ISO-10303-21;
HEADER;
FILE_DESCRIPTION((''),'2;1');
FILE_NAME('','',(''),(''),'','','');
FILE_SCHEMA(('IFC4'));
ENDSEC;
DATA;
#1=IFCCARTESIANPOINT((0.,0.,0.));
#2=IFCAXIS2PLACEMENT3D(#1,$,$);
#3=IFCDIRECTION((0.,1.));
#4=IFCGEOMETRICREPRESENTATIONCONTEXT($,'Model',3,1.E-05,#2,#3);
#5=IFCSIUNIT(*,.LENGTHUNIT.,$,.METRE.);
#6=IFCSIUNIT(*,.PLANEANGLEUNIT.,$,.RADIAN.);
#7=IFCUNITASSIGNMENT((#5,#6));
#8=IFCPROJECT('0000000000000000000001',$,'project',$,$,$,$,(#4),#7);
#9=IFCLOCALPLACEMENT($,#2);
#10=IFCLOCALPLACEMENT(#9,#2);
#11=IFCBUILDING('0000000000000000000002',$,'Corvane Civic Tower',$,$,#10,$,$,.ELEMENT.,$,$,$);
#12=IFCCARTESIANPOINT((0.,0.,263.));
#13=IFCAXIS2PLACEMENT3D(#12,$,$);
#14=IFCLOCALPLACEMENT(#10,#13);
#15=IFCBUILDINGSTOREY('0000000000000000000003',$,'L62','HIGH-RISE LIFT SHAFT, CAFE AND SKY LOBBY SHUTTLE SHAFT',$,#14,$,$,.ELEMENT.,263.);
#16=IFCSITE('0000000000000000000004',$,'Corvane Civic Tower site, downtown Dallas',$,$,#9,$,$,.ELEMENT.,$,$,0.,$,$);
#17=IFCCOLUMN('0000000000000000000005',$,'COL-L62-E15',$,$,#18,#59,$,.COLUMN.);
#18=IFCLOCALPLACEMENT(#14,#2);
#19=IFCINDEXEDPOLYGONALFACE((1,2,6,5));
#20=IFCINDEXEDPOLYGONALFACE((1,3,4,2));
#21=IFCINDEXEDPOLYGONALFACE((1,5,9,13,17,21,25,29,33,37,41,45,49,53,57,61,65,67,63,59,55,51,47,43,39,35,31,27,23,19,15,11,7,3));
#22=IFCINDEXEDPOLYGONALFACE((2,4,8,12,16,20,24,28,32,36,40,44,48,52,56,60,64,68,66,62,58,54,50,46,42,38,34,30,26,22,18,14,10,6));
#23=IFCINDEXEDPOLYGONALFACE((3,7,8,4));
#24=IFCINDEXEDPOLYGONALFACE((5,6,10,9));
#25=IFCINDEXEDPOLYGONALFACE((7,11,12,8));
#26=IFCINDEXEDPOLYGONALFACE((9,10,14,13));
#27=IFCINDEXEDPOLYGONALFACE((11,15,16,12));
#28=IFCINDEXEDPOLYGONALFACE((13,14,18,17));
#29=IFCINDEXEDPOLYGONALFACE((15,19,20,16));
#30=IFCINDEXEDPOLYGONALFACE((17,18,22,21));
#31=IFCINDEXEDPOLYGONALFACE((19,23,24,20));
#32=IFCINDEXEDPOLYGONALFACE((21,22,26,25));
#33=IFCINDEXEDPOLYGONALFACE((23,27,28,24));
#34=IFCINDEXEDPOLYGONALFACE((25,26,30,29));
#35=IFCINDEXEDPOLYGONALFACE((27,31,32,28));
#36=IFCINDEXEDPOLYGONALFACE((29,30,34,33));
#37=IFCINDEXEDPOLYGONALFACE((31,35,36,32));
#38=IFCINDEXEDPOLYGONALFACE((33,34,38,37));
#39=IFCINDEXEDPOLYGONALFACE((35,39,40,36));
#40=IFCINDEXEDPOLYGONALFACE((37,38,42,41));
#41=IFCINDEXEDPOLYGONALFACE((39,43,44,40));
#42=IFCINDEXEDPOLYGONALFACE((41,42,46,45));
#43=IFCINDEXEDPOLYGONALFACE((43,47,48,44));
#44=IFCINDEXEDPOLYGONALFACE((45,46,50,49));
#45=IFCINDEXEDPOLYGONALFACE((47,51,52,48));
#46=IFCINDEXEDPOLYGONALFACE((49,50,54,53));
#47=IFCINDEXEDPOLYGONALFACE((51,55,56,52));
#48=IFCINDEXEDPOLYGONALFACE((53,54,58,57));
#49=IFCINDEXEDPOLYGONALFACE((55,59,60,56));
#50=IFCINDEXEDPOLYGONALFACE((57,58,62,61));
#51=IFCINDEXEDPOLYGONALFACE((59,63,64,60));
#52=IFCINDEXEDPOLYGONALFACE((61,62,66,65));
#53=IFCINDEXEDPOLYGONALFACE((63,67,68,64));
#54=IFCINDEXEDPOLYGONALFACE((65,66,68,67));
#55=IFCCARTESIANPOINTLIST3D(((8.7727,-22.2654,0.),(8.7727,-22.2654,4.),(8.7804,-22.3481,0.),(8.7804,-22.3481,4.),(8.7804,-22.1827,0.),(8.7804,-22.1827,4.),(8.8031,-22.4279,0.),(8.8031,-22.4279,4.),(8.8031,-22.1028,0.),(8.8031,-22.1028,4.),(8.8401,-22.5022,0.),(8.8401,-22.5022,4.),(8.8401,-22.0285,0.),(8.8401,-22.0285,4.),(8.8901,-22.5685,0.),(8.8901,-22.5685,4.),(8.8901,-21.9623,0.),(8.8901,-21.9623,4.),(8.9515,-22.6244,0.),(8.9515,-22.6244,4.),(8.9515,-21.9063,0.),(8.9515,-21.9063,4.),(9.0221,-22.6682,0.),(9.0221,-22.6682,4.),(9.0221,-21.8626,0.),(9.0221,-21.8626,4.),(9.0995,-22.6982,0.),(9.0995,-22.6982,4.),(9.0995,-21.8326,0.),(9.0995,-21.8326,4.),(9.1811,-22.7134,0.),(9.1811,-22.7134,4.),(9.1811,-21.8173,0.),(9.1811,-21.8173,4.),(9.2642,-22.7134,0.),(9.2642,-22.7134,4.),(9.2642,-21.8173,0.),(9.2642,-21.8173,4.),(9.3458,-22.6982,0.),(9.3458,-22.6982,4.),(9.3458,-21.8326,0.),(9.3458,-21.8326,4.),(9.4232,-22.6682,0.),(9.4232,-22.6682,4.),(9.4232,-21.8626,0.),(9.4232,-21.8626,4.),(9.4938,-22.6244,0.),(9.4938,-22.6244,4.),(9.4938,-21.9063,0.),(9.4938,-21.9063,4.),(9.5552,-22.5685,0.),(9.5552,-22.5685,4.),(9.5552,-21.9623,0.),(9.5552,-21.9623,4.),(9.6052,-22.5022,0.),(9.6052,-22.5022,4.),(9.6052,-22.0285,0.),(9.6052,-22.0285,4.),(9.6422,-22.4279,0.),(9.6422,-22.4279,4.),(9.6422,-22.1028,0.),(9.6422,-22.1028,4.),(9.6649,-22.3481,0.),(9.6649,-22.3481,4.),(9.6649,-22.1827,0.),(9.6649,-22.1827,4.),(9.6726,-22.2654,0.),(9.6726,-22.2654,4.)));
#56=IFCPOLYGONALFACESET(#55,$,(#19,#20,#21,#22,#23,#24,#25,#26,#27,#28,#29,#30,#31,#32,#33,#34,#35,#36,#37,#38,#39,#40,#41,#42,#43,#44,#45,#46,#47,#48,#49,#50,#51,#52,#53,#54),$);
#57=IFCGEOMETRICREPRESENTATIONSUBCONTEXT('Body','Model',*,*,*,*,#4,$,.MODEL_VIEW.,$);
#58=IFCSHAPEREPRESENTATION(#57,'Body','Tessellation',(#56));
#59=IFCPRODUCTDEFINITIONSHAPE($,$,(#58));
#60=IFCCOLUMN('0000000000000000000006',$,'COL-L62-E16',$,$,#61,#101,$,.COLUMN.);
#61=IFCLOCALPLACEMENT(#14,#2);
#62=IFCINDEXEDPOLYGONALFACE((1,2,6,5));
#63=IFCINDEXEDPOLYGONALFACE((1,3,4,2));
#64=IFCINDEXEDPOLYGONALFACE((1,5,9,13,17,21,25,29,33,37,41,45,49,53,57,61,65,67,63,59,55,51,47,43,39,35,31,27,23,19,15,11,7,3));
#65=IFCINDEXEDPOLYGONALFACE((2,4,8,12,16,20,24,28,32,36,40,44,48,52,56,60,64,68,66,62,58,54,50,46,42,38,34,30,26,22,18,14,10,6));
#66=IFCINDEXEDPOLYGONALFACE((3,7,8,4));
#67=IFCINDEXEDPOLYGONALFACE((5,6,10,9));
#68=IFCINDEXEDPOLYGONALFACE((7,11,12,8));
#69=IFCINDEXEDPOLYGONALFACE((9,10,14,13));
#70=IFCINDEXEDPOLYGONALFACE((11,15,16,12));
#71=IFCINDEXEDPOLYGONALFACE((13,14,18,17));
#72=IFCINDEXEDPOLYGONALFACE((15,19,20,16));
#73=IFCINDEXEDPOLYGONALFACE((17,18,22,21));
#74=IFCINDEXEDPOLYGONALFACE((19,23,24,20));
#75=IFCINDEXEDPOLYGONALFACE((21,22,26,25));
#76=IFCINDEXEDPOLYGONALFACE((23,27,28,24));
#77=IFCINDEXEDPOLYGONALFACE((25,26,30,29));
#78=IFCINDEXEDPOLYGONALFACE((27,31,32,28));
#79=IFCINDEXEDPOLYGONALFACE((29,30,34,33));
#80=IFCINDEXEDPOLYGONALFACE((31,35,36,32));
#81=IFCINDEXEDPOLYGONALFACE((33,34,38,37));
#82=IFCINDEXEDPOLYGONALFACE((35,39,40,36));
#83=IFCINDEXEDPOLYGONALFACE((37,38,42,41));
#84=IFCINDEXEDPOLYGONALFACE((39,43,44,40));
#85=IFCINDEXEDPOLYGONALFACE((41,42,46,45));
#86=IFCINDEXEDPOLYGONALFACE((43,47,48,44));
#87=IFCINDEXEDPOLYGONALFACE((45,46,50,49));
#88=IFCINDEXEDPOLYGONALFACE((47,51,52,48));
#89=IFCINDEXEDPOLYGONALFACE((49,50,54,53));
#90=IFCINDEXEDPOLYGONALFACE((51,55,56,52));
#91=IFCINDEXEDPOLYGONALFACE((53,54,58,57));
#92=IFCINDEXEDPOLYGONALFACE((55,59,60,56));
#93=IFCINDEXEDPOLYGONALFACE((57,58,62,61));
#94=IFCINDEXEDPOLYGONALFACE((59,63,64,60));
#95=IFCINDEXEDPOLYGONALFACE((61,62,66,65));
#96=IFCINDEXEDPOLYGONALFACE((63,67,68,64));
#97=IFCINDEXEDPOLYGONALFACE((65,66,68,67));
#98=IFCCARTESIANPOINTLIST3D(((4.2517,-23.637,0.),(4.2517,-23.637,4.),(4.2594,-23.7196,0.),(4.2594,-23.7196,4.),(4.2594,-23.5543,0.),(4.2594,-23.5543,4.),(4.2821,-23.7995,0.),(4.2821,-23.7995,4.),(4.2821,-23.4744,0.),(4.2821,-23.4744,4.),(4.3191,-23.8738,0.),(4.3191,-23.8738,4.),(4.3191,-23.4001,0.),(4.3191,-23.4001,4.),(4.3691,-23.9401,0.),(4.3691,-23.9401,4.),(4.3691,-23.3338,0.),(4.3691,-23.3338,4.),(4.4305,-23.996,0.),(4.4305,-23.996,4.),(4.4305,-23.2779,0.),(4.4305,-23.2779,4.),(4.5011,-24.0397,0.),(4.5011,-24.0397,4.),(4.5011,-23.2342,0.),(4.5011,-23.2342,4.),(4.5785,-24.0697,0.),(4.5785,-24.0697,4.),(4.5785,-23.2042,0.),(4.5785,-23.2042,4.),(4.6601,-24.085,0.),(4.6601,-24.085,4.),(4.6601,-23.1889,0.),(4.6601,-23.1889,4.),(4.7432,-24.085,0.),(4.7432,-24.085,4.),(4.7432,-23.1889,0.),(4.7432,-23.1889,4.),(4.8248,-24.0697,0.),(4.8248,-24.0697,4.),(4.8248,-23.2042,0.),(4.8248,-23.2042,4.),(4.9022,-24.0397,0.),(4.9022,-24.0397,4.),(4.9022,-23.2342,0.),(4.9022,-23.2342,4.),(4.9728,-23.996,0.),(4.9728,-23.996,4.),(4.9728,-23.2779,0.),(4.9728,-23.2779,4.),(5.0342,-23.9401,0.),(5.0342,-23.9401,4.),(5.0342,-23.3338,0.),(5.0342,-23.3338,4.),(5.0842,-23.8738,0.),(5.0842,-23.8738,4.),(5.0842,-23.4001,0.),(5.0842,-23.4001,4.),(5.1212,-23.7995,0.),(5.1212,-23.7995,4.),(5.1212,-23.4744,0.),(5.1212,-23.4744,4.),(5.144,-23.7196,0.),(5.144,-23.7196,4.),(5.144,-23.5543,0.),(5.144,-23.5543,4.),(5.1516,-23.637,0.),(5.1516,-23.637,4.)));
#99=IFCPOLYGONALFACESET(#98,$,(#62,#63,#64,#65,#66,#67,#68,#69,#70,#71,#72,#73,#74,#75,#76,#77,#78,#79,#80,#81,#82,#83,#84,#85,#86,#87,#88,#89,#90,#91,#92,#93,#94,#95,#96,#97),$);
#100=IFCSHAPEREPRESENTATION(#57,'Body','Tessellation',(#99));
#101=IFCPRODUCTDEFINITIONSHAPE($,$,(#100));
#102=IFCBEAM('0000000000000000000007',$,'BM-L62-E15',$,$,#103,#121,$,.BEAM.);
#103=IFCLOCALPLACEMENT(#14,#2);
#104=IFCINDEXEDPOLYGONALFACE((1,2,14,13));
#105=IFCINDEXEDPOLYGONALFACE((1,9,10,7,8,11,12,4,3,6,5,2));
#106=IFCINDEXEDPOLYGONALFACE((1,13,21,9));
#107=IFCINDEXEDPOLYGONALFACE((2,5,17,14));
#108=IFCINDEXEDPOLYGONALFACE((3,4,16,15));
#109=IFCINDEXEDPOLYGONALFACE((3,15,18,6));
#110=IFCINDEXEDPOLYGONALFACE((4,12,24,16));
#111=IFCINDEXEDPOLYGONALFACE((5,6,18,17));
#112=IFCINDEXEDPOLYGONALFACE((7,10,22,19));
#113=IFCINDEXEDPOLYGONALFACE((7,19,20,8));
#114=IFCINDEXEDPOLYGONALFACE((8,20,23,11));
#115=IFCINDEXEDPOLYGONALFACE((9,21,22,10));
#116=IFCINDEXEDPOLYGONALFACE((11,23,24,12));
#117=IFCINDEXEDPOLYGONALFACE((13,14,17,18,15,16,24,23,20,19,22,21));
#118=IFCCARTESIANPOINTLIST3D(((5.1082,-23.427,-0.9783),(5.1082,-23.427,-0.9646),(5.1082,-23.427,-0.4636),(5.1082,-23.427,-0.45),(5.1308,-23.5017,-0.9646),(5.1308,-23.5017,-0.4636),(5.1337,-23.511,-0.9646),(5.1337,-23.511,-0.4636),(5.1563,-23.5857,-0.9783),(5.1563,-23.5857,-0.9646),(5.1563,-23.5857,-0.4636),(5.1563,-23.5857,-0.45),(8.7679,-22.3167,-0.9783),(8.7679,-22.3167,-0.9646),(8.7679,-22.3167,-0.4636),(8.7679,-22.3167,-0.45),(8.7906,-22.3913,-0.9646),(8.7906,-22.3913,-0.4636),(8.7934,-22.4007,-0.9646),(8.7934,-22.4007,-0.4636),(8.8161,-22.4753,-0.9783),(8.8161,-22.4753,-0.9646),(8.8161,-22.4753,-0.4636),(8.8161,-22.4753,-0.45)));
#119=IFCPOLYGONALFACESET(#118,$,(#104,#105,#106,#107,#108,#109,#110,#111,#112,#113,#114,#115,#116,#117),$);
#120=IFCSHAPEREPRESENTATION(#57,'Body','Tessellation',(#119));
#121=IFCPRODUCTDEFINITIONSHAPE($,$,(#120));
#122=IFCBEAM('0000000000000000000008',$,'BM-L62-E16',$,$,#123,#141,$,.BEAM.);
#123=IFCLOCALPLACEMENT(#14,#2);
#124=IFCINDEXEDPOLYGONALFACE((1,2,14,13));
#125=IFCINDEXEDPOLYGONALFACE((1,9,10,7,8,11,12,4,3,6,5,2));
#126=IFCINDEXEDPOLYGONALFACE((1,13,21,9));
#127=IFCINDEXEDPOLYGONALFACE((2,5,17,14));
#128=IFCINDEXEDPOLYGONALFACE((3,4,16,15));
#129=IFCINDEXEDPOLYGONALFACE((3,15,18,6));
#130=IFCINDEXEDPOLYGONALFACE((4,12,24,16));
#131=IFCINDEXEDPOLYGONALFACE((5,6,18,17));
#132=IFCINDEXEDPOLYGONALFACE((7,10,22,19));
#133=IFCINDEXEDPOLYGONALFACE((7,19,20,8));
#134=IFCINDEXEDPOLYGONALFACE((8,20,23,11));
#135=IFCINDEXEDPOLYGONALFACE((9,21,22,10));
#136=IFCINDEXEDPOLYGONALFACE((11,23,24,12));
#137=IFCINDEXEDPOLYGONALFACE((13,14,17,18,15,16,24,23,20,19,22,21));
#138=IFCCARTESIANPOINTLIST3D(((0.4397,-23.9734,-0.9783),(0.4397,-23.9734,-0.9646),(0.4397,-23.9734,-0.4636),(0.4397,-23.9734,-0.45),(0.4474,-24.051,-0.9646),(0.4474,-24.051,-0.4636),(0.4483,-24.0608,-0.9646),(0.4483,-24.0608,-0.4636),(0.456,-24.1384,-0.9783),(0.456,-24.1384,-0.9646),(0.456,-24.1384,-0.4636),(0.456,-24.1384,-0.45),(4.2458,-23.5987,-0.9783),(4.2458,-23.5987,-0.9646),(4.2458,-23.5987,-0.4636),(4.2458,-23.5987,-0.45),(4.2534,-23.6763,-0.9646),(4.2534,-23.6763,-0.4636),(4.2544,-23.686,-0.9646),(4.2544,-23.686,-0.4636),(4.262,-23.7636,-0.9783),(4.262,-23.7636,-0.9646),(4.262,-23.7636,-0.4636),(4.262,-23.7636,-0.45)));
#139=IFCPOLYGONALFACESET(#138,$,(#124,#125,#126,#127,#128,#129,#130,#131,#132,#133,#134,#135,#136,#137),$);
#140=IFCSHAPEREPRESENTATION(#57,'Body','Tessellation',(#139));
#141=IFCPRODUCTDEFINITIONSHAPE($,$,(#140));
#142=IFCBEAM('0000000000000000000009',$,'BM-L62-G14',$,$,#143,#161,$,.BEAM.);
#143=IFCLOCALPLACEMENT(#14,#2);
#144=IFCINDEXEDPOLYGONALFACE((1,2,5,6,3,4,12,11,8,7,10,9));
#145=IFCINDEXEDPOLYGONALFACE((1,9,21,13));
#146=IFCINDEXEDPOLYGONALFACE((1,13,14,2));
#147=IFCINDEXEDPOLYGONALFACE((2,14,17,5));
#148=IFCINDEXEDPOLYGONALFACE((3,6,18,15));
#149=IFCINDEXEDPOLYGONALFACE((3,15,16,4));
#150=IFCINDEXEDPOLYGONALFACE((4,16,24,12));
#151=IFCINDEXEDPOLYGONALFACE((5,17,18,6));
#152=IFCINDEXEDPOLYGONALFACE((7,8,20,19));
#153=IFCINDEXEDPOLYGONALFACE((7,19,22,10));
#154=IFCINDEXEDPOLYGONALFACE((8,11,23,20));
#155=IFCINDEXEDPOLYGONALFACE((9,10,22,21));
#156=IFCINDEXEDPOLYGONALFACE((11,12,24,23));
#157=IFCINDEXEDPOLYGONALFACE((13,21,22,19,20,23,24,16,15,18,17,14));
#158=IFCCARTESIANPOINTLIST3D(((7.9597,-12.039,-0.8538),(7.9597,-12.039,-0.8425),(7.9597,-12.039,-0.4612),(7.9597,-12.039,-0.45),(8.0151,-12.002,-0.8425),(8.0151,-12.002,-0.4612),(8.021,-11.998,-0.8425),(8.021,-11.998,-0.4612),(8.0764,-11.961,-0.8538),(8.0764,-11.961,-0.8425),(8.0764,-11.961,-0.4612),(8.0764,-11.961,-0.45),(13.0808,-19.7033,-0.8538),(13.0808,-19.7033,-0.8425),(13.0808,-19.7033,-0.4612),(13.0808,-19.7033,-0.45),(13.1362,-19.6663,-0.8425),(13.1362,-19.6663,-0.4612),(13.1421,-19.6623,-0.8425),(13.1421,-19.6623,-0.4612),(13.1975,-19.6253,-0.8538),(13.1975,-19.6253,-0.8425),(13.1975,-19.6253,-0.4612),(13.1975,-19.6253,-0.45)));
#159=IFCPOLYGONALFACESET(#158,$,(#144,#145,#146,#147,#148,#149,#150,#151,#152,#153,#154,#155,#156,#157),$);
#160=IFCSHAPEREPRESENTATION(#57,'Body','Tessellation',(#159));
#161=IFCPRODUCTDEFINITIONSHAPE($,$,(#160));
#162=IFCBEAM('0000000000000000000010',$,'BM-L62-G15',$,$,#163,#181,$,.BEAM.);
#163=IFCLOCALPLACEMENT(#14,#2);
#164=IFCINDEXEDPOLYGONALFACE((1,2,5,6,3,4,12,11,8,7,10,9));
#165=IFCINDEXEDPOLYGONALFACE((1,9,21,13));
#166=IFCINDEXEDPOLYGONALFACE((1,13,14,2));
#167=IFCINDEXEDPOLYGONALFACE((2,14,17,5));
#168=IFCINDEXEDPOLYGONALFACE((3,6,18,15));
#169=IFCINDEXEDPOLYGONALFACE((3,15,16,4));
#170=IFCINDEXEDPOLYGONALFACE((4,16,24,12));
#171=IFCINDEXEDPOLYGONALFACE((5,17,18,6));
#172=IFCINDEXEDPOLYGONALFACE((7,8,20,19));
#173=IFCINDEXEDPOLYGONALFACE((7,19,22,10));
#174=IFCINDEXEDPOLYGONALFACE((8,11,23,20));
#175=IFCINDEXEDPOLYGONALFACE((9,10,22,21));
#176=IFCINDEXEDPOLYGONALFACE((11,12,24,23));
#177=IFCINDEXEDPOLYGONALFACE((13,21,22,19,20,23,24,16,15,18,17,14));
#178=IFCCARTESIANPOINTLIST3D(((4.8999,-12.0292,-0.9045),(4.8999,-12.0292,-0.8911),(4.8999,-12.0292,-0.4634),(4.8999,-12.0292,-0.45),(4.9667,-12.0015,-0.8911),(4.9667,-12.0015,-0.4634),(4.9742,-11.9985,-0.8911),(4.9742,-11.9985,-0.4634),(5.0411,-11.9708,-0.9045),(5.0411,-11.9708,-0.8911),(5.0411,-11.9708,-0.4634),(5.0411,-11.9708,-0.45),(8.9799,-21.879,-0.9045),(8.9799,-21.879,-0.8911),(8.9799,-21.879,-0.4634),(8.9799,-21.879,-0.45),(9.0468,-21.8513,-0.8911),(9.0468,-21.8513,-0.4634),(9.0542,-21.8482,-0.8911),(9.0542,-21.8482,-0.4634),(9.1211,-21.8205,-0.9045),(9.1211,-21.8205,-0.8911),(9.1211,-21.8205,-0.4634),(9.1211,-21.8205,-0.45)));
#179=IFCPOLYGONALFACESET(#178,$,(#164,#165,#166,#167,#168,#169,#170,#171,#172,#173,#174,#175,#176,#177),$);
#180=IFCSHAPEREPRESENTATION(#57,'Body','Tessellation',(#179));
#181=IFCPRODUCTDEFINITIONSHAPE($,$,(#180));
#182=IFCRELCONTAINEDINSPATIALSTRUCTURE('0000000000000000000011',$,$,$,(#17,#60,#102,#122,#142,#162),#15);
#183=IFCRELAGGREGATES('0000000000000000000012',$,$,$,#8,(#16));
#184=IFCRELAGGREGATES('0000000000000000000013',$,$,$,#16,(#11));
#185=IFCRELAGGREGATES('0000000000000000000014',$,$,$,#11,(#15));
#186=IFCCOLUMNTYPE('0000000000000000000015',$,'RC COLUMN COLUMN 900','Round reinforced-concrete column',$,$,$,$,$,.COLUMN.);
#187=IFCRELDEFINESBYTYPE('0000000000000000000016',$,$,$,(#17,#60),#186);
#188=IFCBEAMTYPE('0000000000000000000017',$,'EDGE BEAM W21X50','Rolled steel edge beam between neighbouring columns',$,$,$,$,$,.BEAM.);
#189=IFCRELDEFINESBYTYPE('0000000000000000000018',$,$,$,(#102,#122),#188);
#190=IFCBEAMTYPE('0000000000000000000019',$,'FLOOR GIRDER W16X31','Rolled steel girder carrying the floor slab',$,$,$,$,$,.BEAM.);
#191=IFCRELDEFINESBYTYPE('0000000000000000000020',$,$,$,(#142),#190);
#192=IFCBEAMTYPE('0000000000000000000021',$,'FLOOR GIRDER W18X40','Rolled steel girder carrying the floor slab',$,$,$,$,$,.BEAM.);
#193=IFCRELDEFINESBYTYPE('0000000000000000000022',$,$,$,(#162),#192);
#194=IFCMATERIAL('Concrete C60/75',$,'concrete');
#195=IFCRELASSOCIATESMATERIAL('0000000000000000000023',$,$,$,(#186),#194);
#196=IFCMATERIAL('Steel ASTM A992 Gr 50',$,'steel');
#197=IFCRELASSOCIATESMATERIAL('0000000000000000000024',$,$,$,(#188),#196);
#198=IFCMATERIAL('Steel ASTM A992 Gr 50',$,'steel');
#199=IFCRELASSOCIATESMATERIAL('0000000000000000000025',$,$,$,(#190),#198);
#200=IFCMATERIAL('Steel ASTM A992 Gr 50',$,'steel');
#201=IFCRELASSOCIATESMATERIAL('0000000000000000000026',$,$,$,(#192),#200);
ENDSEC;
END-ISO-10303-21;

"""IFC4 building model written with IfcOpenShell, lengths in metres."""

from ifc_helpers import new_model, si_unit, direction, frame, origin, origin_2d, place, context, subcontext, project, spatial, circle, i_section, extrude, material, material_profile, profile_set, type_object, element, save


model = new_model("IFC4")

# Units and contexts
model_context = context("Model", 3, precision=1e-05, world=origin(), true_north=direction((0.0, 1.0)))
body_context = subcontext(model_context, "Body", "Model", "MODEL_VIEW")
ifc_project = project(units=[si_unit("LENGTHUNIT", "METRE"), si_unit("PLANEANGLEUNIT", "RADIAN")], contexts=[model_context])

# Site, building, storey
site_placement = place(None, origin())
site = spatial("IfcSite", under=ifc_project, at=site_placement, Name="Corvane Civic Tower site, downtown Dallas", CompositionType="ELEMENT", RefElevation=0.0)
building_placement = place(site_placement, origin())
building = spatial("IfcBuilding", under=site, at=building_placement, Name="Corvane Civic Tower", CompositionType="ELEMENT")
storey_placement = place(building_placement, frame((0.0, 0.0, 263.0)))
storey = spatial("IfcBuildingStorey", under=building, at=storey_placement, Name="L62", Description="HIGH-RISE LIFT SHAFT, CAFE AND SKY LOBBY SHUTTLE SHAFT", CompositionType="ELEMENT", Elevation=263.0)

# Columns
ifc_material_1 = material(Name="Concrete C60/75", Category="concrete")
ifc_material_profile_1 = material_profile(ifc_material_1, circle(Radius=0.45, at=origin_2d()), Name="COLUMN 900")
ifc_profile_set_1 = profile_set([ifc_material_profile_1], Name="Concrete C60/75")
column_type = type_object("IfcColumnType", Name="RC COLUMN COLUMN 900", Description="Round reinforced-concrete column", PredefinedType="COLUMN", material=ifc_profile_set_1)
for number, where, z_axis, x_axis, name in (
    (1, (9.2227, -22.2654, 0.0), (0.0, 0.0, 1.0), (1.0, 0.0, 0.0), "COL-L62-E15"),
    (2, (4.7017, -23.637, 0.0), (0.0, 0.0, 1.0), (1.0, 0.0, 0.0), "COL-L62-E16"),
):
    element("IfcColumn", number, at=place(storey_placement, frame(where, z_axis=z_axis, x_axis=x_axis)), inside=storey, type_object=column_type, Name=name, PredefinedType="COLUMN", context=body_context, shape_type="SweptSolid", body=[
        extrude(circle(Radius=0.45, at=origin_2d()), origin(), (0.0, 0.0, 1.0), 4.0),
    ])

# Beams
ifc_material_2 = material(Name="Steel ASTM A992 Gr 50", Category="steel")
ifc_material_profile_2 = material_profile(ifc_material_2, i_section(OverallWidth=0.1658, OverallDepth=0.5283, WebThickness=0.0098, FlangeThickness=0.0137, at=origin_2d()), Name="W21X50")
ifc_profile_set_2 = profile_set([ifc_material_profile_2], Name="Steel ASTM A992 Gr 50")
beam_type_1 = type_object("IfcBeamType", Name="EDGE BEAM W21X50", Description="Rolled steel edge beam between neighbouring columns", PredefinedType="BEAM", material=ifc_profile_set_2)
for number, where, z_axis, x_axis, name in (
    (3, (8.792, -22.396, -0.7141), (-0.956926, -0.290333, 0.0), (0.290333, -0.956926, 0.0), "BM-L62-E15"),
    (4, (4.2539, -23.6812, -0.7141), (-0.995188, -0.097987, 0.0), (0.097987, -0.995188, 0.0), "BM-L62-E16"),
):
    element("IfcBeam", number, at=place(storey_placement, frame(where, z_axis=z_axis, x_axis=x_axis)), inside=storey, type_object=beam_type_1, Name=name, PredefinedType="BEAM", context=body_context, shape_type="SweptSolid", body=[
        extrude(i_section(OverallWidth=0.1658, OverallDepth=0.5283, WebThickness=0.0098, FlangeThickness=0.0137, at=origin_2d()), origin(), (0.0, 0.0, 1.0), 3.8245),
    ])
ifc_material_3 = material(Name="Steel ASTM A992 Gr 50", Category="steel")
ifc_material_profile_3 = material_profile(ifc_material_3, i_section(OverallWidth=0.1404, OverallDepth=0.4038, WebThickness=0.0071, FlangeThickness=0.0112, at=origin_2d()), Name="W16X31")
ifc_profile_set_3 = profile_set([ifc_material_profile_3], Name="Steel ASTM A992 Gr 50")
beam_type_2 = type_object("IfcBeamType", Name="FLOOR GIRDER W16X31", Description="Rolled steel girder carrying the floor slab", PredefinedType="BEAM", material=ifc_profile_set_3)
beam_1_placement = place(storey_placement, frame((8.0181, -12.0, -0.6519), z_axis=(0.555568, -0.831471, 0.0), x_axis=(0.831471, 0.555568, 0.0)))
element("IfcBeam", 5, at=beam_1_placement, inside=storey, type_object=beam_type_2, Name="BM-L62-G14", PredefinedType="BEAM", context=body_context, shape_type="SweptSolid", body=[
    extrude(i_section(OverallWidth=0.1404, OverallDepth=0.4038, WebThickness=0.0071, FlangeThickness=0.0112, at=origin_2d()), origin(), (0.0, 0.0, 1.0), 9.2178),
])
ifc_material_4 = material(Name="Steel ASTM A992 Gr 50", Category="steel")
ifc_material_profile_4 = material_profile(ifc_material_4, i_section(OverallWidth=0.1528, OverallDepth=0.4546, WebThickness=0.0081, FlangeThickness=0.0134, at=origin_2d()), Name="W18X40")
ifc_profile_set_4 = profile_set([ifc_material_profile_4], Name="Steel ASTM A992 Gr 50")
beam_type_3 = type_object("IfcBeamType", Name="FLOOR GIRDER W18X40", Description="Rolled steel girder carrying the floor slab", PredefinedType="BEAM", material=ifc_profile_set_4)
beam_2_placement = place(storey_placement, frame((4.9705, -12.0, -0.6772), z_axis=(0.382694, -0.923875, 0.0), x_axis=(0.923875, 0.382694, 0.0)))
element("IfcBeam", 6, at=beam_2_placement, inside=storey, type_object=beam_type_3, Name="BM-L62-G15", PredefinedType="BEAM", context=body_context, shape_type="SweptSolid", body=[
    extrude(i_section(OverallWidth=0.1528, OverallDepth=0.4546, WebThickness=0.0081, FlangeThickness=0.0134, at=origin_2d()), origin(), (0.0, 0.0, 1.0), 10.6614),
])

save(model, "model.ifc")
